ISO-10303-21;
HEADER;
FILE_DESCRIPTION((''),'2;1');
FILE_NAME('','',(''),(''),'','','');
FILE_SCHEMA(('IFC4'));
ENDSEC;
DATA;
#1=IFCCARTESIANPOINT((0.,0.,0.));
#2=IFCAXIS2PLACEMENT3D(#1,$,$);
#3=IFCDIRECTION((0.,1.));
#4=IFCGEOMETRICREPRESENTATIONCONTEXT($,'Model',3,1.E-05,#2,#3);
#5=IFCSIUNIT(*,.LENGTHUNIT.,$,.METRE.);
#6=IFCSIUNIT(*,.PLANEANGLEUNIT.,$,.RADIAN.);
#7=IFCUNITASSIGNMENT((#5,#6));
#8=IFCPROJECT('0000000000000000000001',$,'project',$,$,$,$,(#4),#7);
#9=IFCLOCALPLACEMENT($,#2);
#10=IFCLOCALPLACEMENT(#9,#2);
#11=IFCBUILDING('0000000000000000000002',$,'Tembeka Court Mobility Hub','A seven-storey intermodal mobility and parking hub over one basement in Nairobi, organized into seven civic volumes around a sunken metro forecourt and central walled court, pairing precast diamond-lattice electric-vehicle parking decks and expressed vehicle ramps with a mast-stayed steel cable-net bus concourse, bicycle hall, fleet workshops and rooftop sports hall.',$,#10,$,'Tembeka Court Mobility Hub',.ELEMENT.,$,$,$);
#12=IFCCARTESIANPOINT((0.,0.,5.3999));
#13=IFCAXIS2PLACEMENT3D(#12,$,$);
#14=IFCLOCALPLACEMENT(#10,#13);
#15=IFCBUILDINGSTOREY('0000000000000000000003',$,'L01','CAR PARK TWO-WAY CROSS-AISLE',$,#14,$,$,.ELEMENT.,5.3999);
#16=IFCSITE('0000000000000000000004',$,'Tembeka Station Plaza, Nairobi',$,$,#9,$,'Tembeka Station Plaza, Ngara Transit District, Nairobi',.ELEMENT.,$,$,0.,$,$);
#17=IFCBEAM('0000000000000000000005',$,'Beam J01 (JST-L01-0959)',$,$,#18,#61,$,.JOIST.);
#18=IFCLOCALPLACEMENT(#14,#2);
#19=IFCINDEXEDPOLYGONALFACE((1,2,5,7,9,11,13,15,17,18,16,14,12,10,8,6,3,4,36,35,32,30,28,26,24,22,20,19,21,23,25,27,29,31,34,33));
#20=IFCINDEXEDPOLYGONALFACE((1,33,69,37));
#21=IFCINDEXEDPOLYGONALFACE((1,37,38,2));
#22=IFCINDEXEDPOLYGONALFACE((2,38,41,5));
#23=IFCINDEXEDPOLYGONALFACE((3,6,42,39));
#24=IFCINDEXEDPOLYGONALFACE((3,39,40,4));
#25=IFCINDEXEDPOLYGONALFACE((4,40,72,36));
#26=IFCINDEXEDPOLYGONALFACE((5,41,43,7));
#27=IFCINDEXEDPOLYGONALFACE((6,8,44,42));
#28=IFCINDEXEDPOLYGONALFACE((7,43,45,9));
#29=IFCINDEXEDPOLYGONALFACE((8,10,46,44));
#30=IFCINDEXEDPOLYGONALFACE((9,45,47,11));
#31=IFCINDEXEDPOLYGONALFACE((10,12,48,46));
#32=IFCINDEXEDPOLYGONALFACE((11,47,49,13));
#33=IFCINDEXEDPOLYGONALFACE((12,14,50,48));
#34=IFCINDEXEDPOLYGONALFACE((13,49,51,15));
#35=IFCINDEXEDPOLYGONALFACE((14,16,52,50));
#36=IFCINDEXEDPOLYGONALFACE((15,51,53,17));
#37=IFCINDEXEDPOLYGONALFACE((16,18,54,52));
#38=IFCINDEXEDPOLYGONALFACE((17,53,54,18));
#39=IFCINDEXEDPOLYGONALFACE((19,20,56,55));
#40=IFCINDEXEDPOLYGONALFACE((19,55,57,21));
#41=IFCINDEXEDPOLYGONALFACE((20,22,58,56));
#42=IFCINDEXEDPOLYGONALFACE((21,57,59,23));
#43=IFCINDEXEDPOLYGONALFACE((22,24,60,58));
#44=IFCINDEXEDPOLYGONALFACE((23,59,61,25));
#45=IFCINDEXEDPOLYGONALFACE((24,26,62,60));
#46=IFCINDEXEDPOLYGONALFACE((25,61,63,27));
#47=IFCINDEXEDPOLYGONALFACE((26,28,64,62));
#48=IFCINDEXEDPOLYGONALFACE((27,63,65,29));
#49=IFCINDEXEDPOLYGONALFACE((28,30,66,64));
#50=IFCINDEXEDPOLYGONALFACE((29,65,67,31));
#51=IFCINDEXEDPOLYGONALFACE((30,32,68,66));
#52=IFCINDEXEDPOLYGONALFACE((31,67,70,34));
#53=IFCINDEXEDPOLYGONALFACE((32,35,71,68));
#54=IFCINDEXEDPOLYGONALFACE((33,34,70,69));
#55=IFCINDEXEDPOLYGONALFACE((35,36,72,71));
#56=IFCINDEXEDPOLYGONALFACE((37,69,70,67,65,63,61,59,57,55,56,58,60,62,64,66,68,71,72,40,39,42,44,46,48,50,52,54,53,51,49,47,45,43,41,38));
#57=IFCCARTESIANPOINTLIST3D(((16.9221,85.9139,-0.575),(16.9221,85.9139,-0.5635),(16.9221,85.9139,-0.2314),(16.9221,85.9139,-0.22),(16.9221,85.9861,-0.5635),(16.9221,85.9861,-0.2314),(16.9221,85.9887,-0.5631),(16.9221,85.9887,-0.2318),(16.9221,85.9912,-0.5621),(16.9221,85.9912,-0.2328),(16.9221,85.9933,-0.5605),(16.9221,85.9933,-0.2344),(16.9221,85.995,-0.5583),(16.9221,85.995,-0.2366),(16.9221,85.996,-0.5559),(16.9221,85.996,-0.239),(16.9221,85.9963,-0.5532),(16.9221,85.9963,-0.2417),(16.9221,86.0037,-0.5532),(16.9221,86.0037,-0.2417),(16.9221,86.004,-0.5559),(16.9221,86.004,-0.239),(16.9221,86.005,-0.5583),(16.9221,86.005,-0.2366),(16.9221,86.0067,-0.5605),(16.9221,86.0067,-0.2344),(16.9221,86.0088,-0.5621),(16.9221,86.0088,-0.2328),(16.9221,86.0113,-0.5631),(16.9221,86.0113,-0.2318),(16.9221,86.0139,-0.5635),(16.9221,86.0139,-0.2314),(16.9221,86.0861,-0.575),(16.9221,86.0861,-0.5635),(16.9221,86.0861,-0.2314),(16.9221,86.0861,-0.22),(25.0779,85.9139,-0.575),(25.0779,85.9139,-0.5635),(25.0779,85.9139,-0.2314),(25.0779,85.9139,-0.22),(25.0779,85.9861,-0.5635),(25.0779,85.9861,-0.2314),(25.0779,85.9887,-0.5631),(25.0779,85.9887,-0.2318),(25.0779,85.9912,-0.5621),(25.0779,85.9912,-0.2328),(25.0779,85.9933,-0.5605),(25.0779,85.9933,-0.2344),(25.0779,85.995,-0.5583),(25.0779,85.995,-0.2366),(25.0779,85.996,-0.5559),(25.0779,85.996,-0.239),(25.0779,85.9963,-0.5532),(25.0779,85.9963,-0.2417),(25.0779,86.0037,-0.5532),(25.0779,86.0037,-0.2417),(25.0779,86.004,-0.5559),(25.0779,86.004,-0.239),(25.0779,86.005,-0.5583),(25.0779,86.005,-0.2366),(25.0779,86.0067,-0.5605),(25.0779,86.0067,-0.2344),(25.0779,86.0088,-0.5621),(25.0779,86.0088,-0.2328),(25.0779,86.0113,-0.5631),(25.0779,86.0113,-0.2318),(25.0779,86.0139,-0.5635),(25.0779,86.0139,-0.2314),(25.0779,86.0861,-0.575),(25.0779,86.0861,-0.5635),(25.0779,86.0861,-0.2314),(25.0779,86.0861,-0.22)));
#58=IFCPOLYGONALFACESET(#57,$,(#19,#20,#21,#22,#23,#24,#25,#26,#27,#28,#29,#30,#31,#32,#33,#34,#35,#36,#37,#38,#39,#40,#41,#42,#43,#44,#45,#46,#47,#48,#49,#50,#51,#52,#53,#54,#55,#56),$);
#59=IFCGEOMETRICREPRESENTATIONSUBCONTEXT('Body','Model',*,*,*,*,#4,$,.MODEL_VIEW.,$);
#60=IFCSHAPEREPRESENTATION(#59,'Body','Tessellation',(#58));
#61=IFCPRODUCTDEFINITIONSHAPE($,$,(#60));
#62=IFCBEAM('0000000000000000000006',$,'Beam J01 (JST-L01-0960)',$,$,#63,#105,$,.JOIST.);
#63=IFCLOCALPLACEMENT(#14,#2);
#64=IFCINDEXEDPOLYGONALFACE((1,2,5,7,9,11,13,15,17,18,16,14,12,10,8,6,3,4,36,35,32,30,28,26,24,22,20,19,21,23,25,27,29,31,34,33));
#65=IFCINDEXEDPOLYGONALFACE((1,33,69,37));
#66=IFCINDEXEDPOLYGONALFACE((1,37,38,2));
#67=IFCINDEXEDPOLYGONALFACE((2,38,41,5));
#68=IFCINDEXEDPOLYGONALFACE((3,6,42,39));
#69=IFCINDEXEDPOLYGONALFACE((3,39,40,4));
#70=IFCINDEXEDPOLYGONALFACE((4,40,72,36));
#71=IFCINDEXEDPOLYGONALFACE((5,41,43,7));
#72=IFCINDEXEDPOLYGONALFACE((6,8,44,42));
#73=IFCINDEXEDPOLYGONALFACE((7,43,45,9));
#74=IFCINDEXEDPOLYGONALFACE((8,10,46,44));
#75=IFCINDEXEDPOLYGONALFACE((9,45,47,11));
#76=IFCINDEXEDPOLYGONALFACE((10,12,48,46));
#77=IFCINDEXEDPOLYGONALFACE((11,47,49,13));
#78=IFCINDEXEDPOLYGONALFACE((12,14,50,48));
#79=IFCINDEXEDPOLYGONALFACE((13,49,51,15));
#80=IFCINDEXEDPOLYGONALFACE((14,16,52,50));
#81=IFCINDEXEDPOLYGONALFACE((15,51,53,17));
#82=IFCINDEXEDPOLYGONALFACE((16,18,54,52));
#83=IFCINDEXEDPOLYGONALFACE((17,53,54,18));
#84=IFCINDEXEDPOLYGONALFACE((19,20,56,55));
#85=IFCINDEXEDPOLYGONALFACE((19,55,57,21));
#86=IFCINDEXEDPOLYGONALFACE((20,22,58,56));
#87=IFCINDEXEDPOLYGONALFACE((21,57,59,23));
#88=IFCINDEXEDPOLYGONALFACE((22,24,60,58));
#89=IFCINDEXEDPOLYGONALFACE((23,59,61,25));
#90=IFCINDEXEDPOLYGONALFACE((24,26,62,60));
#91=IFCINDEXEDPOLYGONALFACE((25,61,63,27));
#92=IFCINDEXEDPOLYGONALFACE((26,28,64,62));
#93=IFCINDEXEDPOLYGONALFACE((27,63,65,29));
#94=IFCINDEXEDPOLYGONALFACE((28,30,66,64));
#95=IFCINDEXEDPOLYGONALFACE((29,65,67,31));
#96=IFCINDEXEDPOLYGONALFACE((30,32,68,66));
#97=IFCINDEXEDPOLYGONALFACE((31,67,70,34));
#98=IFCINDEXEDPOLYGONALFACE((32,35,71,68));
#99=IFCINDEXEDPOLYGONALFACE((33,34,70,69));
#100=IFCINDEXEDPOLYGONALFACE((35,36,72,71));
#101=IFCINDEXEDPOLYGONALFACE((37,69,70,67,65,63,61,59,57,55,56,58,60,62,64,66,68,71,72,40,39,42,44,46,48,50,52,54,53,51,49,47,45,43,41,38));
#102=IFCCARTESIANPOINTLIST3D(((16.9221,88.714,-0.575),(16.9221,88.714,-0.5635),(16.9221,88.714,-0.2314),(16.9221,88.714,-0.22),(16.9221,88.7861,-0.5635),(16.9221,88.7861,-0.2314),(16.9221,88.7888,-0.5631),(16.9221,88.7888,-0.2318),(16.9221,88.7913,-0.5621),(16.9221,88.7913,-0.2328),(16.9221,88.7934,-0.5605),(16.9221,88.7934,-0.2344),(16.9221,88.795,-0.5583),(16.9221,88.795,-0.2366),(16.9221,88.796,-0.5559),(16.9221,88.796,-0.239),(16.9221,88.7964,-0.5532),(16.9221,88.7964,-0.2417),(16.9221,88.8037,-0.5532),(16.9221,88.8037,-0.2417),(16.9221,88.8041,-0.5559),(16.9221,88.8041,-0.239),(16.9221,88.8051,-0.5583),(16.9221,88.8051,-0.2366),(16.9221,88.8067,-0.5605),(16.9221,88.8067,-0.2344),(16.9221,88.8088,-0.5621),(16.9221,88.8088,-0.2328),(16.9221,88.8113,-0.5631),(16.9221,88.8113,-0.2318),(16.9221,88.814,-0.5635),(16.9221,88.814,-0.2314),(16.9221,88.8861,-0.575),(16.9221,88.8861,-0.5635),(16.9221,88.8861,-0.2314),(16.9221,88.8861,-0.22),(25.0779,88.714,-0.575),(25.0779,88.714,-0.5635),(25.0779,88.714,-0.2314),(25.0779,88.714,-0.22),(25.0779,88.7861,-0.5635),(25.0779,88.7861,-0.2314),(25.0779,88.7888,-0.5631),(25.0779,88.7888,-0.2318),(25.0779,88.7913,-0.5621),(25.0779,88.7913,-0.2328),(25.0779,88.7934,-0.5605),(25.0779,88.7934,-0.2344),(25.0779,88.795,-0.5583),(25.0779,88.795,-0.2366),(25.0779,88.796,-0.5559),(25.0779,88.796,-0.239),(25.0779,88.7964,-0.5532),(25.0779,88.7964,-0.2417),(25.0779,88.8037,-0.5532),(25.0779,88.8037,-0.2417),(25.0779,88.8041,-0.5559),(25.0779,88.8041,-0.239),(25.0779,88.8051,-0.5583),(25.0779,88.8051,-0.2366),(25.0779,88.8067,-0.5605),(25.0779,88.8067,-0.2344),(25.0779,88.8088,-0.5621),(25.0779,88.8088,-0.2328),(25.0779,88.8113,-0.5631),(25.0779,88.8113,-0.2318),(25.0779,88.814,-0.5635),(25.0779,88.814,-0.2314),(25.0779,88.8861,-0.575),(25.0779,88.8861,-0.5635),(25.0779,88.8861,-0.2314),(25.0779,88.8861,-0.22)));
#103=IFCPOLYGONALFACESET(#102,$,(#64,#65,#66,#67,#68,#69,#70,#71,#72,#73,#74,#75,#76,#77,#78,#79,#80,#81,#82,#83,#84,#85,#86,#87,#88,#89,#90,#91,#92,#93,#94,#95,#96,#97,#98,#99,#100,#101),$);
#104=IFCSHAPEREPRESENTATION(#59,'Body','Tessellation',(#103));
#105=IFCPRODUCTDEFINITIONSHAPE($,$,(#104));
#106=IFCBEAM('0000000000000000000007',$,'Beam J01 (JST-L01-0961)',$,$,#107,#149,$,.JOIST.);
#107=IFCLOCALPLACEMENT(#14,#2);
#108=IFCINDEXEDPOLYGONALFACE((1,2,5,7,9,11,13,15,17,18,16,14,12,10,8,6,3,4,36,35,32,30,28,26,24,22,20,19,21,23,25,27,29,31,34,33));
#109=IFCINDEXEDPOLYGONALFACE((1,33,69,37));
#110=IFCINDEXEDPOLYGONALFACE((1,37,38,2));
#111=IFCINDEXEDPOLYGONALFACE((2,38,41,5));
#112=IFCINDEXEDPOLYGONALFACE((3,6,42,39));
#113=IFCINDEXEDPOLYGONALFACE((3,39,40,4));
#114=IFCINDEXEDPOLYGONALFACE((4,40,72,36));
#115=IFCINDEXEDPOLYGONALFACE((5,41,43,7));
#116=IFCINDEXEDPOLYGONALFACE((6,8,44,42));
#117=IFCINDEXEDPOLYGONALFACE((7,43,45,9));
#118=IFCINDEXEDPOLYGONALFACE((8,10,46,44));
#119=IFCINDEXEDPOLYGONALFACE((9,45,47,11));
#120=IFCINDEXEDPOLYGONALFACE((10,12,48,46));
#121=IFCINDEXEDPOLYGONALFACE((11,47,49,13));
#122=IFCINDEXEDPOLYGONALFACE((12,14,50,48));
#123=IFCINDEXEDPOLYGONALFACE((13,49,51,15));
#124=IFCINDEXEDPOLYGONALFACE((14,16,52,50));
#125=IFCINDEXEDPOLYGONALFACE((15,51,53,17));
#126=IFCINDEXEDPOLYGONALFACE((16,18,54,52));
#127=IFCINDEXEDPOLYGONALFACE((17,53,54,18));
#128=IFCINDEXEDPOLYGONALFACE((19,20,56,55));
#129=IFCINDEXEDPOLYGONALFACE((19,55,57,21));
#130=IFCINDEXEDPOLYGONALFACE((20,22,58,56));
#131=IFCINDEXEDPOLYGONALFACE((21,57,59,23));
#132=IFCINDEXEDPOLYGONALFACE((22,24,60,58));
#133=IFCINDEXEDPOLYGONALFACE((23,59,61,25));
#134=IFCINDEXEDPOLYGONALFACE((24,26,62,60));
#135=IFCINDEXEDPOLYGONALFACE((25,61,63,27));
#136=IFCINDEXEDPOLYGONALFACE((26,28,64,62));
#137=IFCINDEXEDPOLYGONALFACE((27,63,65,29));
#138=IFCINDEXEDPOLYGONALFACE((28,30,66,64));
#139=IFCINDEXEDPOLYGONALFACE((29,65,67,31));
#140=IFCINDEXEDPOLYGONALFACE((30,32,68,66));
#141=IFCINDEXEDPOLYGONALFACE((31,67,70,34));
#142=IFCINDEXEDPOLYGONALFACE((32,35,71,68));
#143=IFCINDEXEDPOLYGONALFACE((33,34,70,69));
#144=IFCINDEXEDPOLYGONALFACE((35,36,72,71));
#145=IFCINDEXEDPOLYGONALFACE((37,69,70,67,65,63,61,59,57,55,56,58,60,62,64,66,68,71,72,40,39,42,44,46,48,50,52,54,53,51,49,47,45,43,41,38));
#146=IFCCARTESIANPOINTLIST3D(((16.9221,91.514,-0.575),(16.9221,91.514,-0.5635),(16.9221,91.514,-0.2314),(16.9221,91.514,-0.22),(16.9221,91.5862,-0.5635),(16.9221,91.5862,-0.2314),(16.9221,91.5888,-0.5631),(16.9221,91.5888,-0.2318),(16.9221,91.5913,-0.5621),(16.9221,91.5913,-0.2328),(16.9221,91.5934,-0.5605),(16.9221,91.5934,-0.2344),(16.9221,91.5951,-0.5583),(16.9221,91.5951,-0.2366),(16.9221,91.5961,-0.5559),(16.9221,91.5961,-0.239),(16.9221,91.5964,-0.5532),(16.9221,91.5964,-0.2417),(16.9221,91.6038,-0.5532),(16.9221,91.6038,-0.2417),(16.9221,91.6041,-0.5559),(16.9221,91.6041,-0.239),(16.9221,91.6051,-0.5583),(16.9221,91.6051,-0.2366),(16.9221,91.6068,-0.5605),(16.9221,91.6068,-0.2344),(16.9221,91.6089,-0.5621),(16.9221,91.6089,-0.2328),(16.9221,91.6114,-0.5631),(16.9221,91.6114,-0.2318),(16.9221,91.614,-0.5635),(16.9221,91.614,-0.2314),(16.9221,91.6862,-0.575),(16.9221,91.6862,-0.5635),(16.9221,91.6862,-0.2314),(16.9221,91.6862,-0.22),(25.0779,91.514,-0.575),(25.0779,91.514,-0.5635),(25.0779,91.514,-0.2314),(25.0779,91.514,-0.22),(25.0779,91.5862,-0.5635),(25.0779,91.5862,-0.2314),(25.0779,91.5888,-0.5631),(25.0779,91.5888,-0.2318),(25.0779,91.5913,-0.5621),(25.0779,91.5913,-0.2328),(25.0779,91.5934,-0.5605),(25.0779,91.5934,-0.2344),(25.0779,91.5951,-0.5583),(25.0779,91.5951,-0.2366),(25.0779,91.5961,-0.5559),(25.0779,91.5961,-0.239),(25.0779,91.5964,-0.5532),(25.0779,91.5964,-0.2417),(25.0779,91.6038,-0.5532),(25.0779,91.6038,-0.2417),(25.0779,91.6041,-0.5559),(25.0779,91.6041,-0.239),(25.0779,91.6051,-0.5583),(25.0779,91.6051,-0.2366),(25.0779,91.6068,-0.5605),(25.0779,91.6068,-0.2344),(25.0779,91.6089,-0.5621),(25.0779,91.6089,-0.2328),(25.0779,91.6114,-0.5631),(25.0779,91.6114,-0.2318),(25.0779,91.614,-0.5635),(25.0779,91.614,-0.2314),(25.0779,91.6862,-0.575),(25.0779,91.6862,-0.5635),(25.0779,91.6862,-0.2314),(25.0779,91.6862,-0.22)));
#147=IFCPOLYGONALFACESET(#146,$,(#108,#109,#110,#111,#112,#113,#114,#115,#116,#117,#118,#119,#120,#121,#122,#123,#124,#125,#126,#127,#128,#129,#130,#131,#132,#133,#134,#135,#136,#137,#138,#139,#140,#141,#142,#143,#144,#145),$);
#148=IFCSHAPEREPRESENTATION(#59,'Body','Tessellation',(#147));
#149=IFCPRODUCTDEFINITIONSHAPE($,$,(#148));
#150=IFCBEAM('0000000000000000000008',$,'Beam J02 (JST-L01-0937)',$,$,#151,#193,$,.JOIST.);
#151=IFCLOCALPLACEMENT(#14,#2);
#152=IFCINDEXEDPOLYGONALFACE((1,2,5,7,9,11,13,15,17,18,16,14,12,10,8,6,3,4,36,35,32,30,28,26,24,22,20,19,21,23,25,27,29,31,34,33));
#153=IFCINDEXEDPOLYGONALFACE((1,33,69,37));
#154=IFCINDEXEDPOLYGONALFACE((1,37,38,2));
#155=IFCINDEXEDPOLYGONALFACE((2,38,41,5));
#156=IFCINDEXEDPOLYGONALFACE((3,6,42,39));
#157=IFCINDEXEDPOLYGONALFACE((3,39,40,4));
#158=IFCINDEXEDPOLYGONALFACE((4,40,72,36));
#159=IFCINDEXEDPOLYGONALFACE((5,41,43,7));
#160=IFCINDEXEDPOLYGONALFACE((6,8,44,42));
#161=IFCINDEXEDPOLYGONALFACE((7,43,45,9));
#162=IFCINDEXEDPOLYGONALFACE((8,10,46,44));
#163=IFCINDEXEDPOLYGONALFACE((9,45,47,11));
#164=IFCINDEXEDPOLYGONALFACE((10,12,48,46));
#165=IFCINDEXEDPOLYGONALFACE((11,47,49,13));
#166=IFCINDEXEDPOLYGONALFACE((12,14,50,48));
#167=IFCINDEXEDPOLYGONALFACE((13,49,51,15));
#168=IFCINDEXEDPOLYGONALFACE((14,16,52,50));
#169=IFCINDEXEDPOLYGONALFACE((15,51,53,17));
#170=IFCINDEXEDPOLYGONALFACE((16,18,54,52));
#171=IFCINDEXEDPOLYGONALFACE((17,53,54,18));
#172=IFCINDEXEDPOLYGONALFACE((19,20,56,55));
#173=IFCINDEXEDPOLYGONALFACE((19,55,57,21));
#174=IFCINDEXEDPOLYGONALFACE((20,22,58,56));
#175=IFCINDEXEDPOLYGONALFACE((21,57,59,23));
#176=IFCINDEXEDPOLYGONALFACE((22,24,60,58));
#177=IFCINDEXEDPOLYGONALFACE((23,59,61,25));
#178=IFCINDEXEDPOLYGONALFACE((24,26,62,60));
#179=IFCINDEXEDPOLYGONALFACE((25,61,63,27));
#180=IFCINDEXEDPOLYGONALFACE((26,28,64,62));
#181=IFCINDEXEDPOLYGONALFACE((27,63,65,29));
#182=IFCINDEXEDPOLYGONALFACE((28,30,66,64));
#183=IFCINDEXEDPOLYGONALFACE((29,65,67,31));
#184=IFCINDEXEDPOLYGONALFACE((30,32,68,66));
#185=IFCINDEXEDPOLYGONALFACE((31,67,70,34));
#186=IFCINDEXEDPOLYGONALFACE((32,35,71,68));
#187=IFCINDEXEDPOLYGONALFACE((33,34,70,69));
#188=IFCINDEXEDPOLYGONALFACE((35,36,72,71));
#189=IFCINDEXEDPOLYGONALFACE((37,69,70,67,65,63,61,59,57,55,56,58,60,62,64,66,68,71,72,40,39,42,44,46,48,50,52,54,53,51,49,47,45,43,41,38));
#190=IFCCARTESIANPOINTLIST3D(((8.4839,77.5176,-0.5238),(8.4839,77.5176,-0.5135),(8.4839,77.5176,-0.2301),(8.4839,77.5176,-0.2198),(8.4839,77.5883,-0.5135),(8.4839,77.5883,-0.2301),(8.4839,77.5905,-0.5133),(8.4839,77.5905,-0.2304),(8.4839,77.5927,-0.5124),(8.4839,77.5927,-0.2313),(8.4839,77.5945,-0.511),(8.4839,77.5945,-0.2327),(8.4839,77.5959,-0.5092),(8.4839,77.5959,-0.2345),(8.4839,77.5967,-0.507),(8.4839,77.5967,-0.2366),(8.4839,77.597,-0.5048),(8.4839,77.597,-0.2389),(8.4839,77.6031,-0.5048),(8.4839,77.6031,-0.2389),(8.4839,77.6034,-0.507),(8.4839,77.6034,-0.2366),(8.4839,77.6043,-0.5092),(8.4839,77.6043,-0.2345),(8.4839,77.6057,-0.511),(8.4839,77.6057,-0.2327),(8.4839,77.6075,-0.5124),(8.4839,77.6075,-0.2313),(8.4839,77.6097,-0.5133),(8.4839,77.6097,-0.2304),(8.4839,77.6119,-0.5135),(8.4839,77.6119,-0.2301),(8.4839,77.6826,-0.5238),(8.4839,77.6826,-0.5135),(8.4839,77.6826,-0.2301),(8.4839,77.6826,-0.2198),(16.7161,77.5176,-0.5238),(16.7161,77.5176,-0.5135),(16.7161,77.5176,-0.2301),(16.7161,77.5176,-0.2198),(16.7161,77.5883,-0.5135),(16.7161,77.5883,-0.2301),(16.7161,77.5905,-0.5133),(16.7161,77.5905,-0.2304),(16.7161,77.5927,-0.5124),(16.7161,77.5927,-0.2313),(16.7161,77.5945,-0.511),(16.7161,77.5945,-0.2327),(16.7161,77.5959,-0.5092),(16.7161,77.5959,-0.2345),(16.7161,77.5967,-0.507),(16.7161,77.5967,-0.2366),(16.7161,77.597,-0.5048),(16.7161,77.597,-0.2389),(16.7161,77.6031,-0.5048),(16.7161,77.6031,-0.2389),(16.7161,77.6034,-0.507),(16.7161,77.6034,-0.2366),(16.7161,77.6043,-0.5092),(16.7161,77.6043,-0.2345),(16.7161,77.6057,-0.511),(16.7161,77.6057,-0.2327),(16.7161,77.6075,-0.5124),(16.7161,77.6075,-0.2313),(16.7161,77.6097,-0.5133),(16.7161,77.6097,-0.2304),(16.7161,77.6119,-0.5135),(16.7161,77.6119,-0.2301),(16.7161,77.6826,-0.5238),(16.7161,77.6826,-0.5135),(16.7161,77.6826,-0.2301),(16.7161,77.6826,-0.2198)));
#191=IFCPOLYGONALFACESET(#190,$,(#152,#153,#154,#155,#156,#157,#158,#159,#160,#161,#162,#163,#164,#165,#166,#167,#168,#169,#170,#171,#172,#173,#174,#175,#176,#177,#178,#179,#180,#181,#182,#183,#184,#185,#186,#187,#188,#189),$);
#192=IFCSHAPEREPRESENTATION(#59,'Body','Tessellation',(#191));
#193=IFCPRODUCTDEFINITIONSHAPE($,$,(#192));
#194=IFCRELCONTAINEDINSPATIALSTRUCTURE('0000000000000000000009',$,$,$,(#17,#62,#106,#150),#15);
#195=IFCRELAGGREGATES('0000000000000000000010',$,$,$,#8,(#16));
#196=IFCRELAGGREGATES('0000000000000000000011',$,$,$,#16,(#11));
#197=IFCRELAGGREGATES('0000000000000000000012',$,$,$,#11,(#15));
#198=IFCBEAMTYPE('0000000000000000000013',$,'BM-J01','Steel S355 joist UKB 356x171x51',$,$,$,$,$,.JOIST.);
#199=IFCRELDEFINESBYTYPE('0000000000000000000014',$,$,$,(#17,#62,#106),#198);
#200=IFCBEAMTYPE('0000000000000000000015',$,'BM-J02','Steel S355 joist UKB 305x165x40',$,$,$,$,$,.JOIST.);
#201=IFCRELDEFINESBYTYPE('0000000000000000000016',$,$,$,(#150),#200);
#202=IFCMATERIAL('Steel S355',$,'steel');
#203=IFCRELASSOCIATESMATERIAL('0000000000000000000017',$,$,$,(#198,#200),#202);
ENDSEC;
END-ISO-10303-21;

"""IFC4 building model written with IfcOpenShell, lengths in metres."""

from ifc_helpers import new_model, si_unit, direction, frame, origin, origin_2d, place, context, subcontext, project, spatial, i_section, extrude, material, material_profile, profile_set, type_object, element, save


model = new_model("IFC4")

# Units and contexts
model_context = context("Model", 3, precision=1e-05, world=origin(), true_north=direction((0.0, 1.0)))
body_context = subcontext(model_context, "Body", "Model", "MODEL_VIEW")
ifc_project = project(units=[si_unit("LENGTHUNIT", "METRE"), si_unit("PLANEANGLEUNIT", "RADIAN")], contexts=[model_context])

# Site, building, storey
site_placement = place(None, origin())
site = spatial("IfcSite", under=ifc_project, at=site_placement, Name="Tembeka Station Plaza, Nairobi", LongName="Tembeka Station Plaza, Ngara Transit District, Nairobi", CompositionType="ELEMENT", RefElevation=0.0)
building_placement = place(site_placement, origin())
building = spatial("IfcBuilding", under=site, at=building_placement, Name="Tembeka Court Mobility Hub", Description="A seven-storey intermodal mobility and parking hub over one basement in Nairobi, organized into seven civic volumes around a sunken metro forecourt and central walled court, pairing precast diamond-lattice electric-vehicle parking decks and expressed vehicle ramps with a mast-stayed steel cable-net bus concourse, bicycle hall, fleet workshops and rooftop sports hall.", LongName="Tembeka Court Mobility Hub", CompositionType="ELEMENT")
storey_placement = place(building_placement, frame((0.0, 0.0, 5.3999)))
storey = spatial("IfcBuildingStorey", under=building, at=storey_placement, Name="L01", Description="CAR PARK TWO-WAY CROSS-AISLE", CompositionType="ELEMENT", Elevation=5.3999)

# Shared definitions
ifc_material_1 = material(Name="Steel S355", Category="steel")

# Beams
ifc_material_profile_1 = material_profile(ifc_material_1, i_section(OverallWidth=0.1721, OverallDepth=0.355, WebThickness=0.0073, FlangeThickness=0.0115, FilletRadius=0.0103, at=origin_2d()), Name="UKB 356x171x51")
ifc_profile_set_1 = profile_set([ifc_material_profile_1], Name="Steel S355")
beam_type_1 = type_object("IfcBeamType", Name="BM-J01", Description="Steel S355 joist UKB 356x171x51", PredefinedType="JOIST", material=ifc_profile_set_1)
for number, where, z_axis, x_axis, name in (
    (1, (16.9221, 86.0, -0.3975), (1.0, 0.0, 0.0), (0.0, 1.0, 0.0), "Beam J01 (JST-L01-0959)"),
    (2, (16.9221, 88.8, -0.3975), (1.0, 0.0, 0.0), (0.0, 1.0, 0.0), "Beam J01 (JST-L01-0960)"),
    (3, (16.9221, 91.6001, -0.3975), (1.0, 0.0, 0.0), (0.0, 1.0, 0.0), "Beam J01 (JST-L01-0961)"),
):
    element("IfcBeam", number, at=place(storey_placement, frame(where, z_axis=z_axis, x_axis=x_axis)), inside=storey, type_object=beam_type_1, Name=name, PredefinedType="JOIST", context=body_context, shape_type="SweptSolid", body=[
        extrude(i_section(OverallWidth=0.1721, OverallDepth=0.355, WebThickness=0.0073, FlangeThickness=0.0115, FilletRadius=0.0103, at=origin_2d()), origin(), (0.0, 0.0, 1.0), 8.1558),
    ])
ifc_material_profile_2 = material_profile(ifc_material_1, i_section(OverallWidth=0.165, OverallDepth=0.304, WebThickness=0.0061, FlangeThickness=0.0103, FilletRadius=0.0088, at=origin_2d()), Name="UKB 305x165x40")
ifc_profile_set_2 = profile_set([ifc_material_profile_2], Name="Steel S355")
beam_type_2 = type_object("IfcBeamType", Name="BM-J02", Description="Steel S355 joist UKB 305x165x40", PredefinedType="JOIST", material=ifc_profile_set_2)
beam_1_placement = place(storey_placement, frame((8.4839, 77.6001, -0.3718), z_axis=(1.0, 0.0, 0.0), x_axis=(0.0, 1.0, 0.0)))
element("IfcBeam", 4, at=beam_1_placement, inside=storey, type_object=beam_type_2, Name="Beam J02 (JST-L01-0937)", PredefinedType="JOIST", context=body_context, shape_type="SweptSolid", body=[
    extrude(i_section(OverallWidth=0.165, OverallDepth=0.304, WebThickness=0.0061, FlangeThickness=0.0103, FilletRadius=0.0088, at=origin_2d()), origin(), (0.0, 0.0, 1.0), 8.2322),
])

save(model, "model.ifc")
